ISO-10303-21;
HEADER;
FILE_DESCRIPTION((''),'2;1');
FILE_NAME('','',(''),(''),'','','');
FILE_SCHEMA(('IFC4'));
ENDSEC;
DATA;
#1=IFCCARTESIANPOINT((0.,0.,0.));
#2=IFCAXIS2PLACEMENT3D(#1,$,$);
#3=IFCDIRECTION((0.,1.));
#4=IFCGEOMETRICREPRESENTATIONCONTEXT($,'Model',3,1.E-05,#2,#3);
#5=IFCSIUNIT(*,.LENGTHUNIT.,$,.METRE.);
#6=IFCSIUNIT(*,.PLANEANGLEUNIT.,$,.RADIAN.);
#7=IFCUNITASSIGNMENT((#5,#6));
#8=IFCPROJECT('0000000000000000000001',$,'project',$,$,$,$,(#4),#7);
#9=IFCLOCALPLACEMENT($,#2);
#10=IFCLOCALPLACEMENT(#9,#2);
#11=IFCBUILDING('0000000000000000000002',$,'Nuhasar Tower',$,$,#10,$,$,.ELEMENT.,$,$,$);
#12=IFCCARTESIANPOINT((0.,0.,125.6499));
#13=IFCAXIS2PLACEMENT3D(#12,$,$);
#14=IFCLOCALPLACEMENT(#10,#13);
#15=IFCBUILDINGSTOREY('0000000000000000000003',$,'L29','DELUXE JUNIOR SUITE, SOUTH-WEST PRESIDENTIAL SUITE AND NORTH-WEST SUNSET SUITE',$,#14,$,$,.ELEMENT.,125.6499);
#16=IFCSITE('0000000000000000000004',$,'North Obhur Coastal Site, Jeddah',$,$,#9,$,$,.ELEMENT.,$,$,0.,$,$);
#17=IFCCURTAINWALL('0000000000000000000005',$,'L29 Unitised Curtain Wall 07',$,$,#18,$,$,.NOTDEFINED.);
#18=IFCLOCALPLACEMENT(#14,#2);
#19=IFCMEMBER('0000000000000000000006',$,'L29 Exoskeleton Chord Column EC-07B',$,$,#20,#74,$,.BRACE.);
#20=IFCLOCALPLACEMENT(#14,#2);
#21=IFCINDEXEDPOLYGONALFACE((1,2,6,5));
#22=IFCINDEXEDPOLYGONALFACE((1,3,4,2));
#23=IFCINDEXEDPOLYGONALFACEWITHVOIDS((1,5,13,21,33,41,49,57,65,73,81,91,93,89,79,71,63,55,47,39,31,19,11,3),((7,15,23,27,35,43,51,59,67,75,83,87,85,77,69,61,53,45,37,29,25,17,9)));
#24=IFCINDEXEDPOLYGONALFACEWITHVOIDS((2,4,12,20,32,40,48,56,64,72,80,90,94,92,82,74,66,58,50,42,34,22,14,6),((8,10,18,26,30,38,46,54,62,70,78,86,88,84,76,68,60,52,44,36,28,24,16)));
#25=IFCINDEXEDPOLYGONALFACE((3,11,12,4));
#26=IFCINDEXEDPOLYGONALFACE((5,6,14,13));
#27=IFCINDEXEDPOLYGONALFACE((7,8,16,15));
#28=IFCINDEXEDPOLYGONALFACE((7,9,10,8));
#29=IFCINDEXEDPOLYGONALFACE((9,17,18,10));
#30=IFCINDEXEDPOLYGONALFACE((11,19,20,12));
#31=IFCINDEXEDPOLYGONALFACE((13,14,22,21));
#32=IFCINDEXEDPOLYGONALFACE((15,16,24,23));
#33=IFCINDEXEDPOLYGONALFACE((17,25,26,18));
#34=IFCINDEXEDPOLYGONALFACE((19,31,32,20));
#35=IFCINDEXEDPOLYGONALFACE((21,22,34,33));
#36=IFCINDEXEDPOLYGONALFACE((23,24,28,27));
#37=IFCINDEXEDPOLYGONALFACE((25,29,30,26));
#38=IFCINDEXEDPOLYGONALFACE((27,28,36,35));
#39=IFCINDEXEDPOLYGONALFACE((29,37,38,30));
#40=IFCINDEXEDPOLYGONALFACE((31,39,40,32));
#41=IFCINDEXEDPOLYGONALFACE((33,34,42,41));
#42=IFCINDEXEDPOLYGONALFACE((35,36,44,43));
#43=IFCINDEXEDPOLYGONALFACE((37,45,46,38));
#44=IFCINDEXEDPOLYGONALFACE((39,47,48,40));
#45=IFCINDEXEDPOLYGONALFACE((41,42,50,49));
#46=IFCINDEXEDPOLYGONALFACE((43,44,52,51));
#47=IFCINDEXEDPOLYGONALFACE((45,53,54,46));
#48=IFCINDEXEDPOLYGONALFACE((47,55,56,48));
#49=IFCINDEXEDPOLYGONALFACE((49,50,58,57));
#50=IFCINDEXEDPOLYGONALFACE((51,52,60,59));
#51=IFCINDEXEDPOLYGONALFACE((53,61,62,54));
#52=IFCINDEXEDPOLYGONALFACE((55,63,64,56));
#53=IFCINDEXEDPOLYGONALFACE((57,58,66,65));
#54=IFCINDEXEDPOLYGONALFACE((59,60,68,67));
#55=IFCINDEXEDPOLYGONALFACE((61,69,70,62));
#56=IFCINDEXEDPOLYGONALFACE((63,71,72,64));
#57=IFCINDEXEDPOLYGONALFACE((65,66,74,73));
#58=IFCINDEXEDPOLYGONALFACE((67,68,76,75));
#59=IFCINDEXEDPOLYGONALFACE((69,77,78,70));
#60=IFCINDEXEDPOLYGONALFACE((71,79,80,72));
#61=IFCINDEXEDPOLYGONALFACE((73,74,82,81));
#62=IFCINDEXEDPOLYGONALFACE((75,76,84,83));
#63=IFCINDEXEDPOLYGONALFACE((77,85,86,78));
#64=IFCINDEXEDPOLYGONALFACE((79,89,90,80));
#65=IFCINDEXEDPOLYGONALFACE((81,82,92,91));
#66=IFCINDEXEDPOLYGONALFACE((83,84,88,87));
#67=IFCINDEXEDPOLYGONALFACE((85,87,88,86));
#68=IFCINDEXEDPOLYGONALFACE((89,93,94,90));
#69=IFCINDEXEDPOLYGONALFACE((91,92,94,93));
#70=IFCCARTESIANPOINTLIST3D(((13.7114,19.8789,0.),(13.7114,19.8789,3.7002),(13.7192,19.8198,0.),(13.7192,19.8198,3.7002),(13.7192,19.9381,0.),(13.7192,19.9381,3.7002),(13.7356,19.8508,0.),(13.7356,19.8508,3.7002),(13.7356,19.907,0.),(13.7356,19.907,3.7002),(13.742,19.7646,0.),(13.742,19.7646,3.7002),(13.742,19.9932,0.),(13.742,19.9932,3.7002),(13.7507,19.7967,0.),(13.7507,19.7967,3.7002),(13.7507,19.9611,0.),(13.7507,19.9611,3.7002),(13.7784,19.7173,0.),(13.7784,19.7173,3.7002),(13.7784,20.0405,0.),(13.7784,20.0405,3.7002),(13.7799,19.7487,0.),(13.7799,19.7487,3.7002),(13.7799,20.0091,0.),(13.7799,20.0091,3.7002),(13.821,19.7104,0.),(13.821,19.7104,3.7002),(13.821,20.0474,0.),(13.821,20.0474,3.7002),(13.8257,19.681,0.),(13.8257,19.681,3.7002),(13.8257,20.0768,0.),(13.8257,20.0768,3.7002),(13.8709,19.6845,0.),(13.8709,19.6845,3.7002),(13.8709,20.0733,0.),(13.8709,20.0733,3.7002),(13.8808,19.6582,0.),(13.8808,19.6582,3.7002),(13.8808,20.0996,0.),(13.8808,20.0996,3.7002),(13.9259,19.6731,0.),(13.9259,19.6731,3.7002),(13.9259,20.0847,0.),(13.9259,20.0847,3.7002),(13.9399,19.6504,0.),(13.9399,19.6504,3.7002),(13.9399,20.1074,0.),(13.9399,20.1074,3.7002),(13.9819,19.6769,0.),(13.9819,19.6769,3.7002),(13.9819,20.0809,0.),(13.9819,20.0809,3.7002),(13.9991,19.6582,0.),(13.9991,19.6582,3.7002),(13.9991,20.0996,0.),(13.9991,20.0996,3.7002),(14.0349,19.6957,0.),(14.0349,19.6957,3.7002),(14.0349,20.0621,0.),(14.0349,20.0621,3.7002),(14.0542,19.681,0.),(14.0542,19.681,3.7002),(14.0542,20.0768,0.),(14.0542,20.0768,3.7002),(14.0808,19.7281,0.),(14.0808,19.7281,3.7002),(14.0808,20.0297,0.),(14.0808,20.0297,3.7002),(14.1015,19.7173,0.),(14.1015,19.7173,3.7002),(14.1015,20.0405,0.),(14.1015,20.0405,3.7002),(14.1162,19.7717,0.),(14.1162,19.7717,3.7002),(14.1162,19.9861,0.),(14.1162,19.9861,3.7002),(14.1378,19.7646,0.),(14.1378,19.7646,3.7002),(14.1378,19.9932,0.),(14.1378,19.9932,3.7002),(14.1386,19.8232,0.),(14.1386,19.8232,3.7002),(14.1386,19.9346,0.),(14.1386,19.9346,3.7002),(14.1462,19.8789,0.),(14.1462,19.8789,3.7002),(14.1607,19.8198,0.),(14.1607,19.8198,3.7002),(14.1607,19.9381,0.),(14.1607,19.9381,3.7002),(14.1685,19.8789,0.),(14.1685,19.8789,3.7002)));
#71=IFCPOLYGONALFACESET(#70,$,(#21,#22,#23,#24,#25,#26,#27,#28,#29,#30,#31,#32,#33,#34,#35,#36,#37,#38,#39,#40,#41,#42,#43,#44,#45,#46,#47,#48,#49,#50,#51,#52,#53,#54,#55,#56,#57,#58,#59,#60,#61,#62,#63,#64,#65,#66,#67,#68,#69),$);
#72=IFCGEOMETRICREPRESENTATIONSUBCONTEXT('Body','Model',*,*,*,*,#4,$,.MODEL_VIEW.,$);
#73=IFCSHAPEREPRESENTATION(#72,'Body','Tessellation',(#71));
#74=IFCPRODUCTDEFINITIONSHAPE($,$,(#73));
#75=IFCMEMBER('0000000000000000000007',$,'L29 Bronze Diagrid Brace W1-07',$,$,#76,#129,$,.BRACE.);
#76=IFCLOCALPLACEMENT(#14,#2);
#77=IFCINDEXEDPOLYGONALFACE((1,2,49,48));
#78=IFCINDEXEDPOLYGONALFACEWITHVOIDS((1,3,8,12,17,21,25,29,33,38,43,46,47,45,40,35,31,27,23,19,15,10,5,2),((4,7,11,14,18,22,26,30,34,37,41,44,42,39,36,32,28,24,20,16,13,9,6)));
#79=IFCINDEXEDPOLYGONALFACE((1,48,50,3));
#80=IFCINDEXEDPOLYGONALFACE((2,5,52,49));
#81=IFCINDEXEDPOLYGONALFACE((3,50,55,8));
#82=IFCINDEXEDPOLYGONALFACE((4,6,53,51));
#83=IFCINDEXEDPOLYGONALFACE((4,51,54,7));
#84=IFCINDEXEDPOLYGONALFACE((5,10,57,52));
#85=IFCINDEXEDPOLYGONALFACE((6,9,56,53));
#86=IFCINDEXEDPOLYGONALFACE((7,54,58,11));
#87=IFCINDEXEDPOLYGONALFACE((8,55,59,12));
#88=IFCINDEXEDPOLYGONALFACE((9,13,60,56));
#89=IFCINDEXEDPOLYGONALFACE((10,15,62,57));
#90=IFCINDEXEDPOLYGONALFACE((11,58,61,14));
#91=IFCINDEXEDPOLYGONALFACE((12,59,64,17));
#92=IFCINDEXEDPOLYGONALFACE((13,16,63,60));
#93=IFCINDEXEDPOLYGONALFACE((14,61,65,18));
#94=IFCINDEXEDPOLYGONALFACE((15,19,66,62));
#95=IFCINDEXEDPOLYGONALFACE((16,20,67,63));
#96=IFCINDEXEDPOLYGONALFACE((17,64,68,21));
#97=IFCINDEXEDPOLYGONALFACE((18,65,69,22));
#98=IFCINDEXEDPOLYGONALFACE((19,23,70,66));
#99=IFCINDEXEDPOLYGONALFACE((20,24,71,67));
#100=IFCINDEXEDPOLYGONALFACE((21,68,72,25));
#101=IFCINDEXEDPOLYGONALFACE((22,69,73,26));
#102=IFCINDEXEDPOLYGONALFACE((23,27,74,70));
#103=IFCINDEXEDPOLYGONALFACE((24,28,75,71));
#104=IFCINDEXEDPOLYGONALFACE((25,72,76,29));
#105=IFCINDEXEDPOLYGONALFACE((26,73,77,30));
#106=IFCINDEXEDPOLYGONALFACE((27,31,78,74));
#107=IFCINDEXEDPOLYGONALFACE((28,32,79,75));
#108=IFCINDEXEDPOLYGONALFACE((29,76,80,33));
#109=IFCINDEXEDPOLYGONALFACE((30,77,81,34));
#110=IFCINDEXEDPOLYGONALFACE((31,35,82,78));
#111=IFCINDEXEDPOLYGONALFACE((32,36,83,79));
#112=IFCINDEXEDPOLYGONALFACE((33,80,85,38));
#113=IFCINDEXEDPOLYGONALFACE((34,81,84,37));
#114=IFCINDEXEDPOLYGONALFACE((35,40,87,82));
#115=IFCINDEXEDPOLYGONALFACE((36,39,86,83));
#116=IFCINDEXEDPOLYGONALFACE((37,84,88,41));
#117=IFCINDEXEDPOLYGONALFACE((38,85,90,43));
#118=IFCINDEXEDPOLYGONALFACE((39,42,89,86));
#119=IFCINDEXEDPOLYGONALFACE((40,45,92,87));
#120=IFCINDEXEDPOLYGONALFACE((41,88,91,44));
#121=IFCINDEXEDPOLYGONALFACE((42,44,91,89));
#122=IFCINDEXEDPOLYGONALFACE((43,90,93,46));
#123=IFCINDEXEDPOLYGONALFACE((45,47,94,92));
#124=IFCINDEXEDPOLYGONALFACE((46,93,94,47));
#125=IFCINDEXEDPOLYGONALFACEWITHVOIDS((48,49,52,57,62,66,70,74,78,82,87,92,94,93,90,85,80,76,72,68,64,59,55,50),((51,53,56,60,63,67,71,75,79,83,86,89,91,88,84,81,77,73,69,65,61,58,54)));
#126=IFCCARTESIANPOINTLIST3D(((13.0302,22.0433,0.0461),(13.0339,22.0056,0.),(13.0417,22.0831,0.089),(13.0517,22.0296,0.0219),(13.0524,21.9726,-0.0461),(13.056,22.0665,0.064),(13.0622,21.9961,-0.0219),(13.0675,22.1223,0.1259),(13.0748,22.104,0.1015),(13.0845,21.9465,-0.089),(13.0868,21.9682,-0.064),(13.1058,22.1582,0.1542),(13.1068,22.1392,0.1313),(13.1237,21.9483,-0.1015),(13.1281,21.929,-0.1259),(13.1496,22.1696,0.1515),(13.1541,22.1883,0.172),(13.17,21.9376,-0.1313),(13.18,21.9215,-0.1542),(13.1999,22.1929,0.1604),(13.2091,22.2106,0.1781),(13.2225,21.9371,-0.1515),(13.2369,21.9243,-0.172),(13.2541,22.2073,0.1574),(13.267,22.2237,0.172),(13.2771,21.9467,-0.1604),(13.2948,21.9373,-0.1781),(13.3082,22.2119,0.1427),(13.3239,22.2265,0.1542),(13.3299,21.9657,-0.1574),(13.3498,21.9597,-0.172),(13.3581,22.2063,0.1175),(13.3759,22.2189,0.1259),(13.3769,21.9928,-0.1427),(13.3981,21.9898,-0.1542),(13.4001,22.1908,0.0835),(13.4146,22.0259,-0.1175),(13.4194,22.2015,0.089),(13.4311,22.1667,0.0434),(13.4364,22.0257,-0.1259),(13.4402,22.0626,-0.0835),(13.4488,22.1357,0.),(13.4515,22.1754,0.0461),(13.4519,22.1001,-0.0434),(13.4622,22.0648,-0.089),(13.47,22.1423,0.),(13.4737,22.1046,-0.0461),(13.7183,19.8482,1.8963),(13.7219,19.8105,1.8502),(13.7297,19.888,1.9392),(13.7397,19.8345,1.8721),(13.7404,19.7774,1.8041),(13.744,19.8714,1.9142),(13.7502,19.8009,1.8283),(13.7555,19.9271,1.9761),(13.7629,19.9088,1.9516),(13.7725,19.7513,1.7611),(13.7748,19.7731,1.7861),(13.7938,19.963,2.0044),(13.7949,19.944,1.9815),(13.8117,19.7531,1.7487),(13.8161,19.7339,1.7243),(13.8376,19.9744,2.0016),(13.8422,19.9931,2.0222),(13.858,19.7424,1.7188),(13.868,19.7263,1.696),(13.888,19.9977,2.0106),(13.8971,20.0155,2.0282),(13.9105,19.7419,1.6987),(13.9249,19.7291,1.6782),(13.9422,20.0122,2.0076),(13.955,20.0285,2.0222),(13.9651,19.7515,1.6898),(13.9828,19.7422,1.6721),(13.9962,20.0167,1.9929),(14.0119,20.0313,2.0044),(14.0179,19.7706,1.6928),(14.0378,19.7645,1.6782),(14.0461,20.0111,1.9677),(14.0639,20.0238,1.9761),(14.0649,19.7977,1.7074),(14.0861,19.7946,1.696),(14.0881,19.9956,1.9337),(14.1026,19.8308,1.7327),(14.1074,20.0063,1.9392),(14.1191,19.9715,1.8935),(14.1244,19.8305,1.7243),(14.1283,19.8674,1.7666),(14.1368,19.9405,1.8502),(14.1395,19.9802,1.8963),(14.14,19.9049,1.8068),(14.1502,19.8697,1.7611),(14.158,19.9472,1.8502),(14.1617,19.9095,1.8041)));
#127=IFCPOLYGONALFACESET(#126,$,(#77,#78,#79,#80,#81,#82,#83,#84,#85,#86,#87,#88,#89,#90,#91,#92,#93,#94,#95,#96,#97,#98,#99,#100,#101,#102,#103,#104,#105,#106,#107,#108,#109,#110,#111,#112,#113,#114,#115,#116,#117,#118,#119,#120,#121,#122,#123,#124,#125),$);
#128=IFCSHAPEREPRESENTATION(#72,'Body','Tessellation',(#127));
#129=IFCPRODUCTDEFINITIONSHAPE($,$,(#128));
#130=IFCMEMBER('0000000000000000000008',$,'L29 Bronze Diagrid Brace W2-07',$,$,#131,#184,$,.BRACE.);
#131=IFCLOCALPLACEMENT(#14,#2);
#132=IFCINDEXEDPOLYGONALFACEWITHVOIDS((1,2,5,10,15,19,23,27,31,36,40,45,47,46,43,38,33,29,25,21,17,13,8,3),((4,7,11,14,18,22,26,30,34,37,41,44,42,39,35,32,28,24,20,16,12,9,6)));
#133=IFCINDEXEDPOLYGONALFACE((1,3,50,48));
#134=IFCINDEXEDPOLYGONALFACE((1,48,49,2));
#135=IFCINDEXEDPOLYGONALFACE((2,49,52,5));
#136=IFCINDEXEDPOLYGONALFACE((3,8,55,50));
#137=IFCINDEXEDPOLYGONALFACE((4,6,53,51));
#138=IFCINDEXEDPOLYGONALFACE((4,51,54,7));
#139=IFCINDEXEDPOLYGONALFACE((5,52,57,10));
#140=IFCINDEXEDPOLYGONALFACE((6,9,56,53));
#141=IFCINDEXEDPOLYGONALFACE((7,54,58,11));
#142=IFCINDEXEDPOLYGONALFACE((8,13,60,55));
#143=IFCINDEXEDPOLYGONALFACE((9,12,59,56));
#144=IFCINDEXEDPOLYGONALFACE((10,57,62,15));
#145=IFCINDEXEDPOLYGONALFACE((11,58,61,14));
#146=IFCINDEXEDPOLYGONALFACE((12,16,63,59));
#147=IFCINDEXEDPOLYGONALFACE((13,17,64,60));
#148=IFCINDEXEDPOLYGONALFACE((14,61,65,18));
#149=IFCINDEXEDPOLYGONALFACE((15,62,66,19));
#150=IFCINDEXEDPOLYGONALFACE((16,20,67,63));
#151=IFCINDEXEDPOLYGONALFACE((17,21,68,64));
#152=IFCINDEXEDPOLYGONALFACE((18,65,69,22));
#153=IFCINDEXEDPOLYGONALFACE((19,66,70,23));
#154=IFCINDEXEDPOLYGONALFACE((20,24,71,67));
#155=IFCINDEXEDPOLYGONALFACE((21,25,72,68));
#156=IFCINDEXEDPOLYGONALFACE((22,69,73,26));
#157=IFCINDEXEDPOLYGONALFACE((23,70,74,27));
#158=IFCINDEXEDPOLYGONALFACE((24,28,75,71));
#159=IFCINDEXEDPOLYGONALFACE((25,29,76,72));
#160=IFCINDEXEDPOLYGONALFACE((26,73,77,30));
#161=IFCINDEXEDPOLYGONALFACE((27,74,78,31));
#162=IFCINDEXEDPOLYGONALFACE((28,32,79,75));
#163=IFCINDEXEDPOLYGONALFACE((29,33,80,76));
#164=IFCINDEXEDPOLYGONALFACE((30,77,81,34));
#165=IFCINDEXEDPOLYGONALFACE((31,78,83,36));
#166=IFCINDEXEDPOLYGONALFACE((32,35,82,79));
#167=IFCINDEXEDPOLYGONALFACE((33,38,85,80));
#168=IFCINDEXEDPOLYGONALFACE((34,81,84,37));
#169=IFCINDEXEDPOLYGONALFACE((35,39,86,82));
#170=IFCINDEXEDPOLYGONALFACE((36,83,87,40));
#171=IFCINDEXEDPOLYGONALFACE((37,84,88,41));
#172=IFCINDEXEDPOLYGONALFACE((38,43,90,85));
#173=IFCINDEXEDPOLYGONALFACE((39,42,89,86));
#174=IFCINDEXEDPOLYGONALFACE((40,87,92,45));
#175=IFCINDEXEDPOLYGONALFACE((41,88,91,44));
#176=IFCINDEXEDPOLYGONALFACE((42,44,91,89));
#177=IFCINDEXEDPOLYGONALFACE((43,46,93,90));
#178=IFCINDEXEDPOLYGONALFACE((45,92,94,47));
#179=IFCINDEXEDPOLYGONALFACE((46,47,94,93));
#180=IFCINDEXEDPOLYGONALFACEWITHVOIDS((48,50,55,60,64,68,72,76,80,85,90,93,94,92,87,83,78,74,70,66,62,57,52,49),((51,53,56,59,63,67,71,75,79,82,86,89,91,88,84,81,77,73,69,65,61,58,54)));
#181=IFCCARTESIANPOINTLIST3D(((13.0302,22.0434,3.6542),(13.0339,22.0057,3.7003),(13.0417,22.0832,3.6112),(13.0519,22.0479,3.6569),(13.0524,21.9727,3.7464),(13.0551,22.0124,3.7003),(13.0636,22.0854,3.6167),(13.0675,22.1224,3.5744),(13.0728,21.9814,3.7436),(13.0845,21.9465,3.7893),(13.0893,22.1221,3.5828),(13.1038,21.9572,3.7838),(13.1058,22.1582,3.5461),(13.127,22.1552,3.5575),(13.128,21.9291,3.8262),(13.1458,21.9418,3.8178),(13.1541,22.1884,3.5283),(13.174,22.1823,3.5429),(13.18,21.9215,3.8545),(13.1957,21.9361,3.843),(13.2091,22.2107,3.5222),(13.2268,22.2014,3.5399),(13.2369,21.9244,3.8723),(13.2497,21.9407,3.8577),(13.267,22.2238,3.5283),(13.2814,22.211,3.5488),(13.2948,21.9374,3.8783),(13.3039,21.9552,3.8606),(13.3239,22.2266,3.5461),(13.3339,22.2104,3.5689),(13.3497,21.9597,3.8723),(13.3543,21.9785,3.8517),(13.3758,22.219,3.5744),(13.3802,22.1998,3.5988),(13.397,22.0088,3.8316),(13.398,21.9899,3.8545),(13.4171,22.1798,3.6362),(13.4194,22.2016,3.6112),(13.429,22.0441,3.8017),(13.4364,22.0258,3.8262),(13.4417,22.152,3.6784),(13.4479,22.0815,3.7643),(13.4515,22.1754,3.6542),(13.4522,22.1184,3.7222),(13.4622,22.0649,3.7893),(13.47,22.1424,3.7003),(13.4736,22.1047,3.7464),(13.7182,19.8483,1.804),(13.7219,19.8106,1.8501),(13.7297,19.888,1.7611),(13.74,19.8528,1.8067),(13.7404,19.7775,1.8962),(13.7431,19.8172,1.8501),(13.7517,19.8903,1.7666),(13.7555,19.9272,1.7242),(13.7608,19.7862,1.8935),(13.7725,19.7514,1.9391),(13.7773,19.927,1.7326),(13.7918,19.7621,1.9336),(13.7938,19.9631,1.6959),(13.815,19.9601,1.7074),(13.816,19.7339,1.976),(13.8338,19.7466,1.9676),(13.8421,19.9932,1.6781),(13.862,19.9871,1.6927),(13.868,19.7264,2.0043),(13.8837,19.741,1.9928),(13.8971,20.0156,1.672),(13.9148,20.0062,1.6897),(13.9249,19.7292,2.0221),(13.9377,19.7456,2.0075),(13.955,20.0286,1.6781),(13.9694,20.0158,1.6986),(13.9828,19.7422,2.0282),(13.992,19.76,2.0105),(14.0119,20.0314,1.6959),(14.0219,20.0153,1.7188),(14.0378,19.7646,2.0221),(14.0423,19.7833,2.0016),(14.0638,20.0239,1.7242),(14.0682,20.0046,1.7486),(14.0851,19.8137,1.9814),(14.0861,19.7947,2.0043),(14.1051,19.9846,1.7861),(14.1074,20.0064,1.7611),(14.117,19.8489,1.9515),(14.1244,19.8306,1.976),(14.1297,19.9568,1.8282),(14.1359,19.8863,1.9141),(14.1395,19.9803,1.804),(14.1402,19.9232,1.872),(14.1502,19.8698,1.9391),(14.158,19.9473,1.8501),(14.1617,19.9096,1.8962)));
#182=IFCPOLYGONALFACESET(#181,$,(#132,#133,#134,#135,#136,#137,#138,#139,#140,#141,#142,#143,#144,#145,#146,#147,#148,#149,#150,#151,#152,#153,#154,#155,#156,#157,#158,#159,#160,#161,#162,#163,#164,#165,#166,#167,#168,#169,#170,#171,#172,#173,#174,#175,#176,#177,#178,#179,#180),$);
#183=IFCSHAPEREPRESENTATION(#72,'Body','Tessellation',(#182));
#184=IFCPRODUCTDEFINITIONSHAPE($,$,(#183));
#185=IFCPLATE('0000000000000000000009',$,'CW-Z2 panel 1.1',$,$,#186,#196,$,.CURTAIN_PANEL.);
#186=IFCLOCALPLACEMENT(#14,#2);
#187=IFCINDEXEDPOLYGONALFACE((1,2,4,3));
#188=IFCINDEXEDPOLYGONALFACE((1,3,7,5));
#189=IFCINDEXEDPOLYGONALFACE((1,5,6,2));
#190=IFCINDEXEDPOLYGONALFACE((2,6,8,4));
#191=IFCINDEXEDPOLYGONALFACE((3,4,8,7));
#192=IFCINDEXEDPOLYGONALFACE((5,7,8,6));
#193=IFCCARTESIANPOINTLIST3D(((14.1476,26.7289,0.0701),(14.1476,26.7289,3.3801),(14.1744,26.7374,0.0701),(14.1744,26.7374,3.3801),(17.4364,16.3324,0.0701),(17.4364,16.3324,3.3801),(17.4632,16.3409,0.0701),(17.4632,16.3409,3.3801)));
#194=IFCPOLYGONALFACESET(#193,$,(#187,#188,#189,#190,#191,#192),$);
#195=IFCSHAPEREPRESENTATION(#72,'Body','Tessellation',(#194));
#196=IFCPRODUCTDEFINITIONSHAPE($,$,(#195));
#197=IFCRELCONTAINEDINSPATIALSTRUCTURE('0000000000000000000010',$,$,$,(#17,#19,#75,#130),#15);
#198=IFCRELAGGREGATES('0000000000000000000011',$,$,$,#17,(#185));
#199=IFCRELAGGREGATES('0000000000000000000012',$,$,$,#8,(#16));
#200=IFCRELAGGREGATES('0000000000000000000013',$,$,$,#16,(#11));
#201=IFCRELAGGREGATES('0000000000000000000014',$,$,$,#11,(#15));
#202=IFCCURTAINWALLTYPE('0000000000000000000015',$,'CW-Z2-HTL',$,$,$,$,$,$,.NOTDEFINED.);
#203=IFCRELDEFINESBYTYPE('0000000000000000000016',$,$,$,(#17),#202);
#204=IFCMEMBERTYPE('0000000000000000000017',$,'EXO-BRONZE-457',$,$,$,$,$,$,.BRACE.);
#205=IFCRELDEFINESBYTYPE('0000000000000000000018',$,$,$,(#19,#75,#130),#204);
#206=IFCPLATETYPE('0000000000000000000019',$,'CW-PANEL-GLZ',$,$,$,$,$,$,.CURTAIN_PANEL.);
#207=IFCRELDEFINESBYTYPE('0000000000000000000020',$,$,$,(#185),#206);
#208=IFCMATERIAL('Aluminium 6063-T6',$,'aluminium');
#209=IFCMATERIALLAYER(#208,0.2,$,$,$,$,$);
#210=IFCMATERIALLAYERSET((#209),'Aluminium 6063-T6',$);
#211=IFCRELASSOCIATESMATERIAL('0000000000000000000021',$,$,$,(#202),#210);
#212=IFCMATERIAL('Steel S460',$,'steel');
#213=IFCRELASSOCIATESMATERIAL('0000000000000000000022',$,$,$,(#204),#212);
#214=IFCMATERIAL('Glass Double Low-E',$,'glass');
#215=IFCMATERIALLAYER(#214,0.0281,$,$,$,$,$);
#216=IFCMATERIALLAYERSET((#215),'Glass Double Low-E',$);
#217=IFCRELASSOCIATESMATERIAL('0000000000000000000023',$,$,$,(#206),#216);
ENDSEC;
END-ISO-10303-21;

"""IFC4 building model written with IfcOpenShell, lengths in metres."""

from ifc_helpers import new_model, si_unit, direction, frame, origin, origin_2d, place, context, subcontext, project, spatial, rectangle, hollow_circle, extrude, material, layer, layer_set, material_profile, profile_set, type_object, element, aggregate, save


model = new_model("IFC4")

# Units and contexts
model_context = context("Model", 3, precision=1e-05, world=origin(), true_north=direction((0.0, 1.0)))
body_context = subcontext(model_context, "Body", "Model", "MODEL_VIEW")
ifc_project = project(units=[si_unit("LENGTHUNIT", "METRE"), si_unit("PLANEANGLEUNIT", "RADIAN")], contexts=[model_context])

# Site, building, storey
site_placement = place(None, origin())
site = spatial("IfcSite", under=ifc_project, at=site_placement, Name="North Obhur Coastal Site, Jeddah", CompositionType="ELEMENT", RefElevation=0.0)
building_placement = place(site_placement, origin())
building = spatial("IfcBuilding", under=site, at=building_placement, Name="Nuhasar Tower", CompositionType="ELEMENT")
storey_placement = place(building_placement, frame((0.0, 0.0, 125.6499)))
storey = spatial("IfcBuildingStorey", under=building, at=storey_placement, Name="L29", Description="DELUXE JUNIOR SUITE, SOUTH-WEST PRESIDENTIAL SUITE AND NORTH-WEST SUNSET SUITE", CompositionType="ELEMENT", Elevation=125.6499)

# Curtain wall
ifc_material_1 = material(Name="Aluminium 6063-T6", Category="aluminium")
ifc_layer_1 = layer(ifc_material_1, 0.2)
ifc_layer_set_1 = layer_set([ifc_layer_1], Name="Aluminium 6063-T6")
curtain_wall_type = type_object("IfcCurtainWallType", Name="CW-Z2-HTL", PredefinedType="NOTDEFINED", material=ifc_layer_set_1)
curtain_wall_1_placement = place(storey_placement, origin())
curtain_wall_1 = element("IfcCurtainWall", 1, at=curtain_wall_1_placement, inside=storey, type_object=curtain_wall_type, Name="L29 Unitised Curtain Wall 07", PredefinedType="NOTDEFINED")

# Members
ifc_material_2 = material(Name="Steel S460", Category="steel")
ifc_material_profile_1 = material_profile(ifc_material_2, hollow_circle(Radius=0.2285, WallThickness=0.0222, at=origin_2d()), Name="HSS457X22.2")
ifc_profile_set_1 = profile_set([ifc_material_profile_1], Name="Steel S460")
member_type_1 = type_object("IfcMemberType", Name="EXO-BRONZE-457", PredefinedType="BRACE", material=ifc_profile_set_1)
for number, where, z_axis, x_axis, name in (
    (2, (13.9399, 19.8789, 0.0), (0.0, 0.0, 1.0), (1.0, 0.0, 0.0), "L29 Exoskeleton Chord Column EC-07B"),
):
    element("IfcMember", number, at=place(storey_placement, frame(where, z_axis=z_axis, x_axis=x_axis)), inside=storey, type_object=member_type_1, Name=name, PredefinedType="BRACE", context=body_context, shape_type="SweptSolid", body=[
        extrude(hollow_circle(Radius=0.2285, WallThickness=0.0222, at=origin_2d()), origin(), (0.0, 0.0, 1.0), 3.7002),
    ])
for number, where, z_axis, x_axis, name in (
    (3, (13.252, 22.074, 0.0), (0.233056, -0.743578, 0.626719), (0.954228, 0.299079, 0.0), "L29 Bronze Diagrid Brace W1-07"),
    (4, (13.9399, 19.8789, 1.8501), (-0.233056, 0.743578, 0.626719), (-0.954228, -0.299079, 0.0), "L29 Bronze Diagrid Brace W2-07"),
):
    element("IfcMember", number, at=place(storey_placement, frame(where, z_axis=z_axis, x_axis=x_axis)), inside=storey, type_object=member_type_1, Name=name, PredefinedType="BRACE", context=body_context, shape_type="SweptSolid", body=[
        extrude(hollow_circle(Radius=0.2285, WallThickness=0.0222, at=origin_2d()), origin(), (0.0, 0.0, 1.0), 2.9521),
    ])

# Plate
ifc_material_3 = material(Name="Glass Double Low-E", Category="glass")
ifc_layer_2 = layer(ifc_material_3, 0.0281)
ifc_layer_set_2 = layer_set([ifc_layer_2], Name="Glass Double Low-E")
plate_type = type_object("IfcPlateType", Name="CW-PANEL-GLZ", PredefinedType="CURTAIN_PANEL", material=ifc_layer_set_2)
plate_placement = place(storey_placement, frame((15.8054, 21.5349, 0.0701), z_axis=(0.0, 0.0, 1.0), x_axis=(0.301604, -0.953433, 0.0)))
plate = element("IfcPlate", 5, at=plate_placement, type_object=plate_type, Name="CW-Z2 panel 1.1", PredefinedType="CURTAIN_PANEL", context=body_context, shape_type="SweptSolid", body=[
    extrude(rectangle(XDim=10.9043, YDim=0.0281, at=origin_2d()), origin(), (0.0, 0.0, 1.0), 3.3101),
])
aggregate(curtain_wall_1, [plate])

save(model, "model.ifc")
